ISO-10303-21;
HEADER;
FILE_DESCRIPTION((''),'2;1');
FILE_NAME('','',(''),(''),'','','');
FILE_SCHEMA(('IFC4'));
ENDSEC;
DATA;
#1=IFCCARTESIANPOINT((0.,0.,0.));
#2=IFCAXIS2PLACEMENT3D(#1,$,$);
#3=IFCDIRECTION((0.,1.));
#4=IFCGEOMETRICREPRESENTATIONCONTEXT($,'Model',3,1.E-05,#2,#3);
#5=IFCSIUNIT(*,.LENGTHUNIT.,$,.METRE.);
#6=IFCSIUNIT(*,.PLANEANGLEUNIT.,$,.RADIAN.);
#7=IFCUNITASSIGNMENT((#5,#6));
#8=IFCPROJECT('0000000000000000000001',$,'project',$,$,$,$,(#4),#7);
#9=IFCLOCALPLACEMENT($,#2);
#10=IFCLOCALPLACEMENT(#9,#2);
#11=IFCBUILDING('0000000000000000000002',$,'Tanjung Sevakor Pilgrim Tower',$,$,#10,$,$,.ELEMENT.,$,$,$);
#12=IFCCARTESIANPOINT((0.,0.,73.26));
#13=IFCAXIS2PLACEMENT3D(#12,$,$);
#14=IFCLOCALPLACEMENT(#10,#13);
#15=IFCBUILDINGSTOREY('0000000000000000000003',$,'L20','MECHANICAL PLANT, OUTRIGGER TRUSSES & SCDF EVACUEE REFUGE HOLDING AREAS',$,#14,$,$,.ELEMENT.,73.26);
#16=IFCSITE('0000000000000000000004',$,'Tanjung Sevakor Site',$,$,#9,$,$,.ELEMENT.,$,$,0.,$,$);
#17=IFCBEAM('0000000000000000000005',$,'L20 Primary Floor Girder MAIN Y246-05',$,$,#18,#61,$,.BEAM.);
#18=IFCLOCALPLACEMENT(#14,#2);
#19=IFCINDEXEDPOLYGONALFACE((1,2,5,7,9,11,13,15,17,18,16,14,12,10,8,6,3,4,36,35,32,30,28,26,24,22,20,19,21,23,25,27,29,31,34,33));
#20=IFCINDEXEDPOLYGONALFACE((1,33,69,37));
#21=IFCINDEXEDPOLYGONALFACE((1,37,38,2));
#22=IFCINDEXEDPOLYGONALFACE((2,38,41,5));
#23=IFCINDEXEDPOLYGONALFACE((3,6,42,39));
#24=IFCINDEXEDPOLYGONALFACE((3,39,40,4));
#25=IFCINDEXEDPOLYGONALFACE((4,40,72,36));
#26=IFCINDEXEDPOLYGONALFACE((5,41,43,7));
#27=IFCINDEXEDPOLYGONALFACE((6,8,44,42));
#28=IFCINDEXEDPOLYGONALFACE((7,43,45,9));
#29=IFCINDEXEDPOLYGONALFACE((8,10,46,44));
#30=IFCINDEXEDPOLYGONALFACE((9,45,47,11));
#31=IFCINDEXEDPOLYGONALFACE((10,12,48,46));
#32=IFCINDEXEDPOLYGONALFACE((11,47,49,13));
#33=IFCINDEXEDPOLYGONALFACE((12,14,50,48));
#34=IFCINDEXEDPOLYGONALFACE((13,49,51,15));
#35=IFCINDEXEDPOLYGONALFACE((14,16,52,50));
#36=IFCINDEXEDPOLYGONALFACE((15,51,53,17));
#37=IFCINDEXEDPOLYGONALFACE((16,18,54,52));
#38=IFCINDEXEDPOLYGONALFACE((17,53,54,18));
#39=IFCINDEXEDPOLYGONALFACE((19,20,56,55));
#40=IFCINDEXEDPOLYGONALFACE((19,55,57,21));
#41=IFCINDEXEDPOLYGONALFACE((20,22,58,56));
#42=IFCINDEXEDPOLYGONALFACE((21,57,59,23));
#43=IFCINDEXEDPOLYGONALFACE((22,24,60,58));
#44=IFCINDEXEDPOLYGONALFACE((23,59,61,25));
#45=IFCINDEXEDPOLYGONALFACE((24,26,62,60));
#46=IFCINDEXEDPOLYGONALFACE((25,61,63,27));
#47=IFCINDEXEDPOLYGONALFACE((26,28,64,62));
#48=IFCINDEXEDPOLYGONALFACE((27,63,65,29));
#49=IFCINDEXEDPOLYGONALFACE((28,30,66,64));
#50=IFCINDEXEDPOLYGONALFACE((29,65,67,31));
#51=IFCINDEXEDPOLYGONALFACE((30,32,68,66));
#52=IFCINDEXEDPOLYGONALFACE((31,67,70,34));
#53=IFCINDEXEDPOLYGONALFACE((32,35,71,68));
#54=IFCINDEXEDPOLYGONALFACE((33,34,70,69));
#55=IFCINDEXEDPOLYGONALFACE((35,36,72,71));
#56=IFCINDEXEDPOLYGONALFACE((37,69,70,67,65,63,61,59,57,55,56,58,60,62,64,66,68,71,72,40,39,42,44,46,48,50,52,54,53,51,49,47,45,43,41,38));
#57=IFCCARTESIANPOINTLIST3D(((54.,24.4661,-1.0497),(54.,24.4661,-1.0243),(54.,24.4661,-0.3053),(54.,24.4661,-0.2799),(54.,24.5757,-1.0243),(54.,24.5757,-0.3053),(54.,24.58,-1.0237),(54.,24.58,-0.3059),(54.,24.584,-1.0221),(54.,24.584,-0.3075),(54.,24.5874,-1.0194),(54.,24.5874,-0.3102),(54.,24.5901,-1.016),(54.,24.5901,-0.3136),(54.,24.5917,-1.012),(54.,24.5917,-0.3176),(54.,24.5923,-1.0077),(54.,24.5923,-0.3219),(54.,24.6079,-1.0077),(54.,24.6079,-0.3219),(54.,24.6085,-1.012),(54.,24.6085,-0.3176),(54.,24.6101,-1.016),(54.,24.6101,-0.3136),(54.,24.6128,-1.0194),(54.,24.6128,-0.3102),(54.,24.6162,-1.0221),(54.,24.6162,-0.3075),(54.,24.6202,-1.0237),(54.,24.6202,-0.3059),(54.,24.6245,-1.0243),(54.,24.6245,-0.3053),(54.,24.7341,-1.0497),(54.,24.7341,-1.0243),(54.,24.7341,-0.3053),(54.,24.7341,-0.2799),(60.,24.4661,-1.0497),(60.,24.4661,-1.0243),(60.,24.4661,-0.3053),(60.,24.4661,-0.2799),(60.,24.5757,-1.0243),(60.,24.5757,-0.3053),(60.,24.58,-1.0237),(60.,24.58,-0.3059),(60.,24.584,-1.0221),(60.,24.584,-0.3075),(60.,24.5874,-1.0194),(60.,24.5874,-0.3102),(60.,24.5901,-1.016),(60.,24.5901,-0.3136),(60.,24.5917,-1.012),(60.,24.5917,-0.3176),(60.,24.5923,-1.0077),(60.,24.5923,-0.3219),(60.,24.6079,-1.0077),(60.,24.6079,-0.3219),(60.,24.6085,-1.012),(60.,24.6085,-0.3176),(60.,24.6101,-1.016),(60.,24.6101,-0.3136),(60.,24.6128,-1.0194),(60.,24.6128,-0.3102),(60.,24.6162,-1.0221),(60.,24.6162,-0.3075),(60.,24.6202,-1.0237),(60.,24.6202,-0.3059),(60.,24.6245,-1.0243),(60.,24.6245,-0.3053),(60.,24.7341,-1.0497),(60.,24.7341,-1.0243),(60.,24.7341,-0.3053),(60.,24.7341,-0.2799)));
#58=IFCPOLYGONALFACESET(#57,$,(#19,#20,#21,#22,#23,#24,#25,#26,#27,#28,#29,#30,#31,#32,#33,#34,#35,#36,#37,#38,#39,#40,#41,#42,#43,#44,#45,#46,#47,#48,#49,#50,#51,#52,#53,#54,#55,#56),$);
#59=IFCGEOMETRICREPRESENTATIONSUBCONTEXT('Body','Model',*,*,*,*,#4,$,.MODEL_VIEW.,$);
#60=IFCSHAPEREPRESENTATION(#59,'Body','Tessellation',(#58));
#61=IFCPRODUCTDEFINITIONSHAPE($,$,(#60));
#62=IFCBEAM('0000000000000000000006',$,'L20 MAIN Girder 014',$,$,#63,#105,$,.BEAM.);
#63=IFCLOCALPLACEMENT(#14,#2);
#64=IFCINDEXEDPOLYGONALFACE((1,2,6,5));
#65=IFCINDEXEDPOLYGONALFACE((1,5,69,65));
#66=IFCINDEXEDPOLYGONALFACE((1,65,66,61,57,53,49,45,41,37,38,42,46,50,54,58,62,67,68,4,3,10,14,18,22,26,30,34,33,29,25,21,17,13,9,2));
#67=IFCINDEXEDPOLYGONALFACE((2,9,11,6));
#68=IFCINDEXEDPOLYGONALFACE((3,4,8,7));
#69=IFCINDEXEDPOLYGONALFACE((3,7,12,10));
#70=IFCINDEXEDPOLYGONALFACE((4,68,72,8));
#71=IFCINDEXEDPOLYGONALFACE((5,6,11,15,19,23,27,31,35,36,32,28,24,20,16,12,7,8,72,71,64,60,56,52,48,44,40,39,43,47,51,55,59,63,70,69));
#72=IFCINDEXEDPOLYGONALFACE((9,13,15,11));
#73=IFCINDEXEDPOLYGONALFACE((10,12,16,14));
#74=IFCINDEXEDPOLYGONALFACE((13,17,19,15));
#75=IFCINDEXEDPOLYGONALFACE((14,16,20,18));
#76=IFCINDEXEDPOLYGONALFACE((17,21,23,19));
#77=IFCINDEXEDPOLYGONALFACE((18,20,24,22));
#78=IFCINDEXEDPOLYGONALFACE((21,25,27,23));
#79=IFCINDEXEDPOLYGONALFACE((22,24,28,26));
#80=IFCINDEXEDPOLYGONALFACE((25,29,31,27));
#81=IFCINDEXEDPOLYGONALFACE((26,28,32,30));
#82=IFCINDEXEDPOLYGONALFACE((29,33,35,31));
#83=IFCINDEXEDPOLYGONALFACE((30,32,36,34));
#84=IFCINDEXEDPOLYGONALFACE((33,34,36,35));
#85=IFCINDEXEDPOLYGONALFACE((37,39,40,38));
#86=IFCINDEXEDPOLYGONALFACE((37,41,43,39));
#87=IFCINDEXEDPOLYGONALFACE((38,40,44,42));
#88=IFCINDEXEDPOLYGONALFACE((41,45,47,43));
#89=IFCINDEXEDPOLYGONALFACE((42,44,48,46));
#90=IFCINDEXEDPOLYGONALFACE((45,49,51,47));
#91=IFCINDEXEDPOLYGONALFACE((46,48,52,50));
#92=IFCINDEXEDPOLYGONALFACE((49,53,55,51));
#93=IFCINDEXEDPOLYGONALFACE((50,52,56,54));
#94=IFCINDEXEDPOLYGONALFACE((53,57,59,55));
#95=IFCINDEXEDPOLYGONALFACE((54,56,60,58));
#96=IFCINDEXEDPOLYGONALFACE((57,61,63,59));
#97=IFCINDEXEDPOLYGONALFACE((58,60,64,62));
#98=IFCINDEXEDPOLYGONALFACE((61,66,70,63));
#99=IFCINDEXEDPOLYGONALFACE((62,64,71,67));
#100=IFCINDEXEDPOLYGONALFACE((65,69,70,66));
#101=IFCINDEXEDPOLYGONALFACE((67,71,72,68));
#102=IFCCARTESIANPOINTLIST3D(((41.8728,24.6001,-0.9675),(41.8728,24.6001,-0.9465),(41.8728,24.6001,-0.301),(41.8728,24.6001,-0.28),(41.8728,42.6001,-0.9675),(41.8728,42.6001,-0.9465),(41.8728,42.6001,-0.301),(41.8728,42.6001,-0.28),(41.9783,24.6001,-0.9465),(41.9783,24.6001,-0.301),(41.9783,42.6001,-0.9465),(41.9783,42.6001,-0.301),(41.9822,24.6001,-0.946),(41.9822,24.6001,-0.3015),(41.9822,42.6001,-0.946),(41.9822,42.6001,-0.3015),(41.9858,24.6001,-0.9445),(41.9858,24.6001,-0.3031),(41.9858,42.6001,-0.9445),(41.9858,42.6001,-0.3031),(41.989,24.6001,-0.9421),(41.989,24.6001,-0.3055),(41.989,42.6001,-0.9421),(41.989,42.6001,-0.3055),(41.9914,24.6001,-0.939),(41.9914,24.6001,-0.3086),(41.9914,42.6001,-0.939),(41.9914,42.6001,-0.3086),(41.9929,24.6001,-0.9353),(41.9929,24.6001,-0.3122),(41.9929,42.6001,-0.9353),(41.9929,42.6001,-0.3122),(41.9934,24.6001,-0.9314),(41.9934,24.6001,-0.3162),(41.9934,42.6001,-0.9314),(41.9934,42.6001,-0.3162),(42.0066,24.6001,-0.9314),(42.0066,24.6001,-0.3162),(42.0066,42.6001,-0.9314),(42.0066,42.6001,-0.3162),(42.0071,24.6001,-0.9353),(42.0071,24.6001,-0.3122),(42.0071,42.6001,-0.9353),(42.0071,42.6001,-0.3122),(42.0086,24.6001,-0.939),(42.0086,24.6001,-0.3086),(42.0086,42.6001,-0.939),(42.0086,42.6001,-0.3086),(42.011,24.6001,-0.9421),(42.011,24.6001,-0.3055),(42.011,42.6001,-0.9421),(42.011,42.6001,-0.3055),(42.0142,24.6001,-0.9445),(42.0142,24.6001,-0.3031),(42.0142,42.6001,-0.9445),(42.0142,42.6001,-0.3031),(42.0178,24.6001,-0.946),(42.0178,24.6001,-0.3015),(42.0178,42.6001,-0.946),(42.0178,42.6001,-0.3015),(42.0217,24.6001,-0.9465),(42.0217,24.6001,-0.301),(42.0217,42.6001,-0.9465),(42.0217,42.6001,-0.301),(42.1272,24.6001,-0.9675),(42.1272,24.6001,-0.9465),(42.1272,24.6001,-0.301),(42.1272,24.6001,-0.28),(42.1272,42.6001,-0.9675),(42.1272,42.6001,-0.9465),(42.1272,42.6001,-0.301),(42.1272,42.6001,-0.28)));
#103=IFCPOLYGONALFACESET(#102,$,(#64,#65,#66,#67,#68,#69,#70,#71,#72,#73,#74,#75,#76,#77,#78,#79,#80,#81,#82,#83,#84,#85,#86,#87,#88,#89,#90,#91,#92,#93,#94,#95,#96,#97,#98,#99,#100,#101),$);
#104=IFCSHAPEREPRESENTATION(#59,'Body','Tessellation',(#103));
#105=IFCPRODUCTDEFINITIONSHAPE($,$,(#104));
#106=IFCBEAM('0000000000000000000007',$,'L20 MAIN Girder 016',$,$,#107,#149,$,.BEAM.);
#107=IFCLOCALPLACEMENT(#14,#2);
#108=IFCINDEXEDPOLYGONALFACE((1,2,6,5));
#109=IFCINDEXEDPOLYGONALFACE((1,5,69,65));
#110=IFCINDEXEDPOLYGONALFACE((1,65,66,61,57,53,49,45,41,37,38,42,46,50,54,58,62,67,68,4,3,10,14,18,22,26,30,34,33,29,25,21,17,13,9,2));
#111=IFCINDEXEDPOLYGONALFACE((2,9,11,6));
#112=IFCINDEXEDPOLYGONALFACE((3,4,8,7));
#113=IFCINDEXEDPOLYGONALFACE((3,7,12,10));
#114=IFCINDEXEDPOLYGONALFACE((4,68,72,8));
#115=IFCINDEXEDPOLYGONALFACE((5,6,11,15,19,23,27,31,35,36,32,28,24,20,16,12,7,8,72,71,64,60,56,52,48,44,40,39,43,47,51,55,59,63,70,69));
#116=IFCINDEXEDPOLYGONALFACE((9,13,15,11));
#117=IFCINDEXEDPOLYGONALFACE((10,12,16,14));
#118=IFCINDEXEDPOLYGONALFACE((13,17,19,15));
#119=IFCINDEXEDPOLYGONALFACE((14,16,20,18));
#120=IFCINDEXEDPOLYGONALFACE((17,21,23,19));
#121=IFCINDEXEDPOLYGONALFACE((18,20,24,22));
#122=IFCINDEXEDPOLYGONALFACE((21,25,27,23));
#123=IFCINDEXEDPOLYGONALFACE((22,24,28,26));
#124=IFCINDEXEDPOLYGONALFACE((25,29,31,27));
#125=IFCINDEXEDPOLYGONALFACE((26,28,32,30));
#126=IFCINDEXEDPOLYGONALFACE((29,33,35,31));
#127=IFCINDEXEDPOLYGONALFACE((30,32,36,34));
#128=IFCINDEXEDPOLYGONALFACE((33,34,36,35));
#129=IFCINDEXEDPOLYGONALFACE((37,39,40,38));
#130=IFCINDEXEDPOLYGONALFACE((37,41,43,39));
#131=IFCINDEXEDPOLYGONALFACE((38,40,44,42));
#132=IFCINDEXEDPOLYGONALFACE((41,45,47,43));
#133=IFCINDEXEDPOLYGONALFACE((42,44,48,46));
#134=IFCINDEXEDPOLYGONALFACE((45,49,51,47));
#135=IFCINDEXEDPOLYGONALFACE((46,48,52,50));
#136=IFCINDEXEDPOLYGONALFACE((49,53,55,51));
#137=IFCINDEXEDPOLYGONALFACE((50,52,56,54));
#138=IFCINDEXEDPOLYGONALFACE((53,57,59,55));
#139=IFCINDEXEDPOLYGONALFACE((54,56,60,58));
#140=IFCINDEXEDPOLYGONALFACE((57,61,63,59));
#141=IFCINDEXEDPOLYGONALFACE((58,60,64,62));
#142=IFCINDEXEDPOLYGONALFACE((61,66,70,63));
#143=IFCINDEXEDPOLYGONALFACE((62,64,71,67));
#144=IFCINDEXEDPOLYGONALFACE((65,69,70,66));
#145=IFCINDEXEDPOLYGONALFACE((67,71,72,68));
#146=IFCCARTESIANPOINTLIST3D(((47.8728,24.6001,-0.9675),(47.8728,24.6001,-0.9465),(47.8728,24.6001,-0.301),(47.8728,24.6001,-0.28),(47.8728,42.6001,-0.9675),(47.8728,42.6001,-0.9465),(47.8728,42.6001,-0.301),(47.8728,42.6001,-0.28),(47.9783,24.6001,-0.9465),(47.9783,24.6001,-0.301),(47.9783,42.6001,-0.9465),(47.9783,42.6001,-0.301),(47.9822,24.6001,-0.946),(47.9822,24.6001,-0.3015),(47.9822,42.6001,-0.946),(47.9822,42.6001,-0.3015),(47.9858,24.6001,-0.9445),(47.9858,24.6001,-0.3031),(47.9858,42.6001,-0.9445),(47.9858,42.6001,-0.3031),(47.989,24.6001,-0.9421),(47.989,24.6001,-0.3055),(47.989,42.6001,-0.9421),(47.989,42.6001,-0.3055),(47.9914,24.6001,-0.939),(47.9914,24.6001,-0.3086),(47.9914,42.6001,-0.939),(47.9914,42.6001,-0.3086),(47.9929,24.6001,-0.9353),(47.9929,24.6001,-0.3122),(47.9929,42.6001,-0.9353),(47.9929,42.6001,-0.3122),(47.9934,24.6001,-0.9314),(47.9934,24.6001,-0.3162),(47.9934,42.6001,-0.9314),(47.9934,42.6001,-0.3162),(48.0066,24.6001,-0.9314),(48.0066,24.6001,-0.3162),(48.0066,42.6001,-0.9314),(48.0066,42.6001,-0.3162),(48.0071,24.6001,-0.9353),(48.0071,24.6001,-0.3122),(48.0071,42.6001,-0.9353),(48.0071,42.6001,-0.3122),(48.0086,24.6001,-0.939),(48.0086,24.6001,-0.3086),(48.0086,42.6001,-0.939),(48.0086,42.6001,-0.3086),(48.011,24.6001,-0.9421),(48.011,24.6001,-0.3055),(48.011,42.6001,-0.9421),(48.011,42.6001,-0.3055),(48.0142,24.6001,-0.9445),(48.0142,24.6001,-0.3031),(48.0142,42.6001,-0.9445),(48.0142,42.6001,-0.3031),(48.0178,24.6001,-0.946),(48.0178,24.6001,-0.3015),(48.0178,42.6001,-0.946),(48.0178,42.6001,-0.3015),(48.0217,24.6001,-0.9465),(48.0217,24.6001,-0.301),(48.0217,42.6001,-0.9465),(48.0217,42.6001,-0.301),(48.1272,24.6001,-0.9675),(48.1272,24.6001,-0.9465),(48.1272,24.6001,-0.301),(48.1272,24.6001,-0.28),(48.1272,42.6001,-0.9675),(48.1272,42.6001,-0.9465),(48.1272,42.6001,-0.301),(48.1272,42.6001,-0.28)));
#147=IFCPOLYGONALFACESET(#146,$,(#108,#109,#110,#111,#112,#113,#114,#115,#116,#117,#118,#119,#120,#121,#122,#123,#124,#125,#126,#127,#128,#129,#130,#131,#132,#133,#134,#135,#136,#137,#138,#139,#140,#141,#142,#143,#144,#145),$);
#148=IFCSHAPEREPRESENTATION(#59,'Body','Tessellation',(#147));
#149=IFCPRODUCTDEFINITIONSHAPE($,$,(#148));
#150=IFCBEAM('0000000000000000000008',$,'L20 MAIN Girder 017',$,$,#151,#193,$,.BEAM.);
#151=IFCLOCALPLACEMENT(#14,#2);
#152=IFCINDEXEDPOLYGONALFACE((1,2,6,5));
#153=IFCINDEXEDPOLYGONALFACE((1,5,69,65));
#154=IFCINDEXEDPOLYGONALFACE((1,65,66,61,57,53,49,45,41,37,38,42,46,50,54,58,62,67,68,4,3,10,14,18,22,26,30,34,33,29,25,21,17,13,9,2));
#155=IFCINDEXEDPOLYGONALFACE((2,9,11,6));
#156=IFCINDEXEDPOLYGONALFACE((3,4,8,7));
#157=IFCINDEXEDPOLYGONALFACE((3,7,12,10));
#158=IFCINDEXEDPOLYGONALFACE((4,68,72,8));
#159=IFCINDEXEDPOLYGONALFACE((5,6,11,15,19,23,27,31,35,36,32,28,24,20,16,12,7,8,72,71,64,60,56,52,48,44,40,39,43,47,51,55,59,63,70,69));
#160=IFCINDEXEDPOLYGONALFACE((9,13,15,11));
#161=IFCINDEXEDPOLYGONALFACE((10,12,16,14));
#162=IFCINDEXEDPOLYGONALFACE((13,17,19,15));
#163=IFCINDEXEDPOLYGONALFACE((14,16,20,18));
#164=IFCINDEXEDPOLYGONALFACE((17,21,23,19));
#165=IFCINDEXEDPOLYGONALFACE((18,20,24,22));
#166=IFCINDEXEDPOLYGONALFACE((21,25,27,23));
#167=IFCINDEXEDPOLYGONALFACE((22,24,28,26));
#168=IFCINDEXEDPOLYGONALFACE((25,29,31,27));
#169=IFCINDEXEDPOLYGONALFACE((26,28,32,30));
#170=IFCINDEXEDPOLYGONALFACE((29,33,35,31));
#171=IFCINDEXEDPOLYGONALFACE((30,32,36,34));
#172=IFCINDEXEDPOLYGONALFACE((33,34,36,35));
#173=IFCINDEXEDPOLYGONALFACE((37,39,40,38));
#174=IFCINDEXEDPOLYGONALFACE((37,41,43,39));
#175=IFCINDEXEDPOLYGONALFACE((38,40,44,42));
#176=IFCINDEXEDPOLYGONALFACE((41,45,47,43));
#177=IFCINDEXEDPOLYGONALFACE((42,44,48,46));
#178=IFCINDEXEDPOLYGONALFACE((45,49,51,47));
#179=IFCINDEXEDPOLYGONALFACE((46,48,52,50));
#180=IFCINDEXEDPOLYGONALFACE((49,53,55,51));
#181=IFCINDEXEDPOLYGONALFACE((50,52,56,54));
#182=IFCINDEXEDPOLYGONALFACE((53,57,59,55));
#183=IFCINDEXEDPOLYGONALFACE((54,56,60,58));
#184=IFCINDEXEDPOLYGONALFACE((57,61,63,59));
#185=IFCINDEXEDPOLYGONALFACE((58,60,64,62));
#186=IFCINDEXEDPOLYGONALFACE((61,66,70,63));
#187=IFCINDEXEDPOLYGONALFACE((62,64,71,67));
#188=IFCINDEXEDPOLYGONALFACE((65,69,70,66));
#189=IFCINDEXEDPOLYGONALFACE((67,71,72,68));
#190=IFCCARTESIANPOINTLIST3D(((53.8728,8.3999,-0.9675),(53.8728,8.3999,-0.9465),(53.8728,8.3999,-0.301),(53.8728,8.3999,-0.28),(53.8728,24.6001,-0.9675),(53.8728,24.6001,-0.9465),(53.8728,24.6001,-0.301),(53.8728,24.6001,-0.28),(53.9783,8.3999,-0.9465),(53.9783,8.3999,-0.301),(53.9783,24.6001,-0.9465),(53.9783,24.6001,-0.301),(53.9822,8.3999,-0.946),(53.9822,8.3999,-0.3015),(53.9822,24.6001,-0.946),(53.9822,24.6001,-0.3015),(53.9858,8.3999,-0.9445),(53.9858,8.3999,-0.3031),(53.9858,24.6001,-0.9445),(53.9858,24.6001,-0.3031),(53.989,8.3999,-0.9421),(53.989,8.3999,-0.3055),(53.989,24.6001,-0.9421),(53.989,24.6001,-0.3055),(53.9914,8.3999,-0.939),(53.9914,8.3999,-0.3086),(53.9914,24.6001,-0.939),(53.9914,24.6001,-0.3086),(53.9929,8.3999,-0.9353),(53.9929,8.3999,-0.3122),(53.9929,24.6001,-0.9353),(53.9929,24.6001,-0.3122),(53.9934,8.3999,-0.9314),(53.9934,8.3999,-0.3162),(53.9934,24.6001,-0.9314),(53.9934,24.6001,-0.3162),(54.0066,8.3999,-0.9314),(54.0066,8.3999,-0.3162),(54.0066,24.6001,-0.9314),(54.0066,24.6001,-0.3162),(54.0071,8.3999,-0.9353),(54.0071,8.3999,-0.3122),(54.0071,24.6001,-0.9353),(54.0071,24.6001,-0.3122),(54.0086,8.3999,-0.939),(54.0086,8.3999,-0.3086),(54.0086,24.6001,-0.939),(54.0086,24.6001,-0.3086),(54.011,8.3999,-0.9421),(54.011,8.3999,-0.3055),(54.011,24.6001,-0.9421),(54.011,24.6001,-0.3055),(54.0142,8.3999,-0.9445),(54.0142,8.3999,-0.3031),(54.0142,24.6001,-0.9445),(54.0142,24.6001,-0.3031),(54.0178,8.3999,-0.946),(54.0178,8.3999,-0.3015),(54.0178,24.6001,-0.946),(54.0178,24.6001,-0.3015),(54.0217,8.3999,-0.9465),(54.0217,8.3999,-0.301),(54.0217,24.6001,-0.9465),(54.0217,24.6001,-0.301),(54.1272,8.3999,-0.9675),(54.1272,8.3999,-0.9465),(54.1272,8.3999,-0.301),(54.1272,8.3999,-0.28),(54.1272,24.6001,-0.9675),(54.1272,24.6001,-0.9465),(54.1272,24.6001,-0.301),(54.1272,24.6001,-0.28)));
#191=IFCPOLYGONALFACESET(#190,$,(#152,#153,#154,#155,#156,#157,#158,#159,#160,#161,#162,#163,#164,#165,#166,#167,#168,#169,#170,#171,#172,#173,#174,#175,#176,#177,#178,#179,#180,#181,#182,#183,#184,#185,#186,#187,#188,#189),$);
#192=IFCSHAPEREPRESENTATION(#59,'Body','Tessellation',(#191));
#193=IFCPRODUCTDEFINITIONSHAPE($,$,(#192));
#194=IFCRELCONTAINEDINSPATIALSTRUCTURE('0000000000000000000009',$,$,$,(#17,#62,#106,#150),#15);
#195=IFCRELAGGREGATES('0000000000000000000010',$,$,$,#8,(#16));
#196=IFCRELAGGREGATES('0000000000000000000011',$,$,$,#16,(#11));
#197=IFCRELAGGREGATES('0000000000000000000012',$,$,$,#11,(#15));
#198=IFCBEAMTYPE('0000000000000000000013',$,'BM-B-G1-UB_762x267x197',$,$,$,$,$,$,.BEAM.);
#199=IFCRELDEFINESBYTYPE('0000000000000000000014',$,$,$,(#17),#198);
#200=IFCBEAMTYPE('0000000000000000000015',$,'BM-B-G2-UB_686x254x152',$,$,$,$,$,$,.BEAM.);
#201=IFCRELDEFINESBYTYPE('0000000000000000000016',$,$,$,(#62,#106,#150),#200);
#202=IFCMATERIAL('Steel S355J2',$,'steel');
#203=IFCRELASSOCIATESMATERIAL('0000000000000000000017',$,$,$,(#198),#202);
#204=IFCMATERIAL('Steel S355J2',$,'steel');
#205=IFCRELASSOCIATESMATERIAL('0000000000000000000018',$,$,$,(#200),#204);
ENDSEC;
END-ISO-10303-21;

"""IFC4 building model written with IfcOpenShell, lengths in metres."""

from ifc_helpers import new_model, si_unit, direction, frame, origin, origin_2d, place, context, subcontext, project, spatial, i_section, extrude, material, material_profile, profile_set, type_object, element, save


model = new_model("IFC4")

# Units and contexts
model_context = context("Model", 3, precision=1e-05, world=origin(), true_north=direction((0.0, 1.0)))
body_context = subcontext(model_context, "Body", "Model", "MODEL_VIEW")
ifc_project = project(units=[si_unit("LENGTHUNIT", "METRE"), si_unit("PLANEANGLEUNIT", "RADIAN")], contexts=[model_context])

# Site, building, storey
site_placement = place(None, origin())
site = spatial("IfcSite", under=ifc_project, at=site_placement, Name="Tanjung Sevakor Site", CompositionType="ELEMENT", RefElevation=0.0)
building_placement = place(site_placement, origin())
building = spatial("IfcBuilding", under=site, at=building_placement, Name="Tanjung Sevakor Pilgrim Tower", CompositionType="ELEMENT")
storey_placement = place(building_placement, frame((0.0, 0.0, 73.26)))
storey = spatial("IfcBuildingStorey", under=building, at=storey_placement, Name="L20", Description="MECHANICAL PLANT, OUTRIGGER TRUSSES & SCDF EVACUEE REFUGE HOLDING AREAS", CompositionType="ELEMENT", Elevation=73.26)

# Beams
ifc_material_1 = material(Name="Steel S355J2", Category="steel")
ifc_material_profile_1 = material_profile(ifc_material_1, i_section(OverallWidth=0.2681, OverallDepth=0.7698, WebThickness=0.0156, FlangeThickness=0.0254, FilletRadius=0.0166, at=origin_2d()))
ifc_profile_set_1 = profile_set([ifc_material_profile_1], Name="Steel S355J2")
beam_type_1 = type_object("IfcBeamType", Name="BM-B-G1-UB_762x267x197", PredefinedType="BEAM", material=ifc_profile_set_1)
for number, where, z_axis, x_axis, name in (
    (1, (54.0, 24.6001, -0.6648), (1.0, 0.0, 0.0), (0.0, 1.0, 0.0), "L20 Primary Floor Girder MAIN Y246-05"),
):
    element("IfcBeam", number, at=place(storey_placement, frame(where, z_axis=z_axis, x_axis=x_axis)), inside=storey, type_object=beam_type_1, Name=name, PredefinedType="BEAM", context=body_context, shape_type="SweptSolid", body=[
        extrude(i_section(OverallWidth=0.2681, OverallDepth=0.7698, WebThickness=0.0156, FlangeThickness=0.0254, FilletRadius=0.0166, at=origin_2d()), origin(), (0.0, 0.0, 1.0), 6.0),
    ])
ifc_material_2 = material(Name="Steel S355J2", Category="steel")
ifc_material_profile_2 = material_profile(ifc_material_2, i_section(OverallWidth=0.2544, OverallDepth=0.6875, WebThickness=0.0132, FlangeThickness=0.021, FilletRadius=0.0151, at=origin_2d()))
ifc_profile_set_2 = profile_set([ifc_material_profile_2], Name="Steel S355J2")
beam_type_2 = type_object("IfcBeamType", Name="BM-B-G2-UB_686x254x152", PredefinedType="BEAM", material=ifc_profile_set_2)
for number, where, z_axis, x_axis, name in (
    (2, (42.0, 24.6001, -0.6238), (0.0, 1.0, 0.0), (-1.0, 0.0, 0.0), "L20 MAIN Girder 014"),
    (3, (48.0, 24.6001, -0.6238), (0.0, 1.0, 0.0), (-1.0, 0.0, 0.0), "L20 MAIN Girder 016"),
):
    element("IfcBeam", number, at=place(storey_placement, frame(where, z_axis=z_axis, x_axis=x_axis)), inside=storey, type_object=beam_type_2, Name=name, PredefinedType="BEAM", context=body_context, shape_type="SweptSolid", body=[
        extrude(i_section(OverallWidth=0.2544, OverallDepth=0.6875, WebThickness=0.0132, FlangeThickness=0.021, FilletRadius=0.0151, at=origin_2d()), origin(), (0.0, 0.0, 1.0), 18.0),
    ])
beam_1_placement = place(storey_placement, frame((54.0, 8.3999, -0.6238), z_axis=(0.0, 1.0, 0.0), x_axis=(-1.0, 0.0, 0.0)))
element("IfcBeam", 4, at=beam_1_placement, inside=storey, type_object=beam_type_2, Name="L20 MAIN Girder 017", PredefinedType="BEAM", context=body_context, shape_type="SweptSolid", body=[
    extrude(i_section(OverallWidth=0.2544, OverallDepth=0.6875, WebThickness=0.0132, FlangeThickness=0.021, FilletRadius=0.0151, at=origin_2d()), origin(), (0.0, 0.0, 1.0), 16.2002),
])

save(model, "model.ifc")
